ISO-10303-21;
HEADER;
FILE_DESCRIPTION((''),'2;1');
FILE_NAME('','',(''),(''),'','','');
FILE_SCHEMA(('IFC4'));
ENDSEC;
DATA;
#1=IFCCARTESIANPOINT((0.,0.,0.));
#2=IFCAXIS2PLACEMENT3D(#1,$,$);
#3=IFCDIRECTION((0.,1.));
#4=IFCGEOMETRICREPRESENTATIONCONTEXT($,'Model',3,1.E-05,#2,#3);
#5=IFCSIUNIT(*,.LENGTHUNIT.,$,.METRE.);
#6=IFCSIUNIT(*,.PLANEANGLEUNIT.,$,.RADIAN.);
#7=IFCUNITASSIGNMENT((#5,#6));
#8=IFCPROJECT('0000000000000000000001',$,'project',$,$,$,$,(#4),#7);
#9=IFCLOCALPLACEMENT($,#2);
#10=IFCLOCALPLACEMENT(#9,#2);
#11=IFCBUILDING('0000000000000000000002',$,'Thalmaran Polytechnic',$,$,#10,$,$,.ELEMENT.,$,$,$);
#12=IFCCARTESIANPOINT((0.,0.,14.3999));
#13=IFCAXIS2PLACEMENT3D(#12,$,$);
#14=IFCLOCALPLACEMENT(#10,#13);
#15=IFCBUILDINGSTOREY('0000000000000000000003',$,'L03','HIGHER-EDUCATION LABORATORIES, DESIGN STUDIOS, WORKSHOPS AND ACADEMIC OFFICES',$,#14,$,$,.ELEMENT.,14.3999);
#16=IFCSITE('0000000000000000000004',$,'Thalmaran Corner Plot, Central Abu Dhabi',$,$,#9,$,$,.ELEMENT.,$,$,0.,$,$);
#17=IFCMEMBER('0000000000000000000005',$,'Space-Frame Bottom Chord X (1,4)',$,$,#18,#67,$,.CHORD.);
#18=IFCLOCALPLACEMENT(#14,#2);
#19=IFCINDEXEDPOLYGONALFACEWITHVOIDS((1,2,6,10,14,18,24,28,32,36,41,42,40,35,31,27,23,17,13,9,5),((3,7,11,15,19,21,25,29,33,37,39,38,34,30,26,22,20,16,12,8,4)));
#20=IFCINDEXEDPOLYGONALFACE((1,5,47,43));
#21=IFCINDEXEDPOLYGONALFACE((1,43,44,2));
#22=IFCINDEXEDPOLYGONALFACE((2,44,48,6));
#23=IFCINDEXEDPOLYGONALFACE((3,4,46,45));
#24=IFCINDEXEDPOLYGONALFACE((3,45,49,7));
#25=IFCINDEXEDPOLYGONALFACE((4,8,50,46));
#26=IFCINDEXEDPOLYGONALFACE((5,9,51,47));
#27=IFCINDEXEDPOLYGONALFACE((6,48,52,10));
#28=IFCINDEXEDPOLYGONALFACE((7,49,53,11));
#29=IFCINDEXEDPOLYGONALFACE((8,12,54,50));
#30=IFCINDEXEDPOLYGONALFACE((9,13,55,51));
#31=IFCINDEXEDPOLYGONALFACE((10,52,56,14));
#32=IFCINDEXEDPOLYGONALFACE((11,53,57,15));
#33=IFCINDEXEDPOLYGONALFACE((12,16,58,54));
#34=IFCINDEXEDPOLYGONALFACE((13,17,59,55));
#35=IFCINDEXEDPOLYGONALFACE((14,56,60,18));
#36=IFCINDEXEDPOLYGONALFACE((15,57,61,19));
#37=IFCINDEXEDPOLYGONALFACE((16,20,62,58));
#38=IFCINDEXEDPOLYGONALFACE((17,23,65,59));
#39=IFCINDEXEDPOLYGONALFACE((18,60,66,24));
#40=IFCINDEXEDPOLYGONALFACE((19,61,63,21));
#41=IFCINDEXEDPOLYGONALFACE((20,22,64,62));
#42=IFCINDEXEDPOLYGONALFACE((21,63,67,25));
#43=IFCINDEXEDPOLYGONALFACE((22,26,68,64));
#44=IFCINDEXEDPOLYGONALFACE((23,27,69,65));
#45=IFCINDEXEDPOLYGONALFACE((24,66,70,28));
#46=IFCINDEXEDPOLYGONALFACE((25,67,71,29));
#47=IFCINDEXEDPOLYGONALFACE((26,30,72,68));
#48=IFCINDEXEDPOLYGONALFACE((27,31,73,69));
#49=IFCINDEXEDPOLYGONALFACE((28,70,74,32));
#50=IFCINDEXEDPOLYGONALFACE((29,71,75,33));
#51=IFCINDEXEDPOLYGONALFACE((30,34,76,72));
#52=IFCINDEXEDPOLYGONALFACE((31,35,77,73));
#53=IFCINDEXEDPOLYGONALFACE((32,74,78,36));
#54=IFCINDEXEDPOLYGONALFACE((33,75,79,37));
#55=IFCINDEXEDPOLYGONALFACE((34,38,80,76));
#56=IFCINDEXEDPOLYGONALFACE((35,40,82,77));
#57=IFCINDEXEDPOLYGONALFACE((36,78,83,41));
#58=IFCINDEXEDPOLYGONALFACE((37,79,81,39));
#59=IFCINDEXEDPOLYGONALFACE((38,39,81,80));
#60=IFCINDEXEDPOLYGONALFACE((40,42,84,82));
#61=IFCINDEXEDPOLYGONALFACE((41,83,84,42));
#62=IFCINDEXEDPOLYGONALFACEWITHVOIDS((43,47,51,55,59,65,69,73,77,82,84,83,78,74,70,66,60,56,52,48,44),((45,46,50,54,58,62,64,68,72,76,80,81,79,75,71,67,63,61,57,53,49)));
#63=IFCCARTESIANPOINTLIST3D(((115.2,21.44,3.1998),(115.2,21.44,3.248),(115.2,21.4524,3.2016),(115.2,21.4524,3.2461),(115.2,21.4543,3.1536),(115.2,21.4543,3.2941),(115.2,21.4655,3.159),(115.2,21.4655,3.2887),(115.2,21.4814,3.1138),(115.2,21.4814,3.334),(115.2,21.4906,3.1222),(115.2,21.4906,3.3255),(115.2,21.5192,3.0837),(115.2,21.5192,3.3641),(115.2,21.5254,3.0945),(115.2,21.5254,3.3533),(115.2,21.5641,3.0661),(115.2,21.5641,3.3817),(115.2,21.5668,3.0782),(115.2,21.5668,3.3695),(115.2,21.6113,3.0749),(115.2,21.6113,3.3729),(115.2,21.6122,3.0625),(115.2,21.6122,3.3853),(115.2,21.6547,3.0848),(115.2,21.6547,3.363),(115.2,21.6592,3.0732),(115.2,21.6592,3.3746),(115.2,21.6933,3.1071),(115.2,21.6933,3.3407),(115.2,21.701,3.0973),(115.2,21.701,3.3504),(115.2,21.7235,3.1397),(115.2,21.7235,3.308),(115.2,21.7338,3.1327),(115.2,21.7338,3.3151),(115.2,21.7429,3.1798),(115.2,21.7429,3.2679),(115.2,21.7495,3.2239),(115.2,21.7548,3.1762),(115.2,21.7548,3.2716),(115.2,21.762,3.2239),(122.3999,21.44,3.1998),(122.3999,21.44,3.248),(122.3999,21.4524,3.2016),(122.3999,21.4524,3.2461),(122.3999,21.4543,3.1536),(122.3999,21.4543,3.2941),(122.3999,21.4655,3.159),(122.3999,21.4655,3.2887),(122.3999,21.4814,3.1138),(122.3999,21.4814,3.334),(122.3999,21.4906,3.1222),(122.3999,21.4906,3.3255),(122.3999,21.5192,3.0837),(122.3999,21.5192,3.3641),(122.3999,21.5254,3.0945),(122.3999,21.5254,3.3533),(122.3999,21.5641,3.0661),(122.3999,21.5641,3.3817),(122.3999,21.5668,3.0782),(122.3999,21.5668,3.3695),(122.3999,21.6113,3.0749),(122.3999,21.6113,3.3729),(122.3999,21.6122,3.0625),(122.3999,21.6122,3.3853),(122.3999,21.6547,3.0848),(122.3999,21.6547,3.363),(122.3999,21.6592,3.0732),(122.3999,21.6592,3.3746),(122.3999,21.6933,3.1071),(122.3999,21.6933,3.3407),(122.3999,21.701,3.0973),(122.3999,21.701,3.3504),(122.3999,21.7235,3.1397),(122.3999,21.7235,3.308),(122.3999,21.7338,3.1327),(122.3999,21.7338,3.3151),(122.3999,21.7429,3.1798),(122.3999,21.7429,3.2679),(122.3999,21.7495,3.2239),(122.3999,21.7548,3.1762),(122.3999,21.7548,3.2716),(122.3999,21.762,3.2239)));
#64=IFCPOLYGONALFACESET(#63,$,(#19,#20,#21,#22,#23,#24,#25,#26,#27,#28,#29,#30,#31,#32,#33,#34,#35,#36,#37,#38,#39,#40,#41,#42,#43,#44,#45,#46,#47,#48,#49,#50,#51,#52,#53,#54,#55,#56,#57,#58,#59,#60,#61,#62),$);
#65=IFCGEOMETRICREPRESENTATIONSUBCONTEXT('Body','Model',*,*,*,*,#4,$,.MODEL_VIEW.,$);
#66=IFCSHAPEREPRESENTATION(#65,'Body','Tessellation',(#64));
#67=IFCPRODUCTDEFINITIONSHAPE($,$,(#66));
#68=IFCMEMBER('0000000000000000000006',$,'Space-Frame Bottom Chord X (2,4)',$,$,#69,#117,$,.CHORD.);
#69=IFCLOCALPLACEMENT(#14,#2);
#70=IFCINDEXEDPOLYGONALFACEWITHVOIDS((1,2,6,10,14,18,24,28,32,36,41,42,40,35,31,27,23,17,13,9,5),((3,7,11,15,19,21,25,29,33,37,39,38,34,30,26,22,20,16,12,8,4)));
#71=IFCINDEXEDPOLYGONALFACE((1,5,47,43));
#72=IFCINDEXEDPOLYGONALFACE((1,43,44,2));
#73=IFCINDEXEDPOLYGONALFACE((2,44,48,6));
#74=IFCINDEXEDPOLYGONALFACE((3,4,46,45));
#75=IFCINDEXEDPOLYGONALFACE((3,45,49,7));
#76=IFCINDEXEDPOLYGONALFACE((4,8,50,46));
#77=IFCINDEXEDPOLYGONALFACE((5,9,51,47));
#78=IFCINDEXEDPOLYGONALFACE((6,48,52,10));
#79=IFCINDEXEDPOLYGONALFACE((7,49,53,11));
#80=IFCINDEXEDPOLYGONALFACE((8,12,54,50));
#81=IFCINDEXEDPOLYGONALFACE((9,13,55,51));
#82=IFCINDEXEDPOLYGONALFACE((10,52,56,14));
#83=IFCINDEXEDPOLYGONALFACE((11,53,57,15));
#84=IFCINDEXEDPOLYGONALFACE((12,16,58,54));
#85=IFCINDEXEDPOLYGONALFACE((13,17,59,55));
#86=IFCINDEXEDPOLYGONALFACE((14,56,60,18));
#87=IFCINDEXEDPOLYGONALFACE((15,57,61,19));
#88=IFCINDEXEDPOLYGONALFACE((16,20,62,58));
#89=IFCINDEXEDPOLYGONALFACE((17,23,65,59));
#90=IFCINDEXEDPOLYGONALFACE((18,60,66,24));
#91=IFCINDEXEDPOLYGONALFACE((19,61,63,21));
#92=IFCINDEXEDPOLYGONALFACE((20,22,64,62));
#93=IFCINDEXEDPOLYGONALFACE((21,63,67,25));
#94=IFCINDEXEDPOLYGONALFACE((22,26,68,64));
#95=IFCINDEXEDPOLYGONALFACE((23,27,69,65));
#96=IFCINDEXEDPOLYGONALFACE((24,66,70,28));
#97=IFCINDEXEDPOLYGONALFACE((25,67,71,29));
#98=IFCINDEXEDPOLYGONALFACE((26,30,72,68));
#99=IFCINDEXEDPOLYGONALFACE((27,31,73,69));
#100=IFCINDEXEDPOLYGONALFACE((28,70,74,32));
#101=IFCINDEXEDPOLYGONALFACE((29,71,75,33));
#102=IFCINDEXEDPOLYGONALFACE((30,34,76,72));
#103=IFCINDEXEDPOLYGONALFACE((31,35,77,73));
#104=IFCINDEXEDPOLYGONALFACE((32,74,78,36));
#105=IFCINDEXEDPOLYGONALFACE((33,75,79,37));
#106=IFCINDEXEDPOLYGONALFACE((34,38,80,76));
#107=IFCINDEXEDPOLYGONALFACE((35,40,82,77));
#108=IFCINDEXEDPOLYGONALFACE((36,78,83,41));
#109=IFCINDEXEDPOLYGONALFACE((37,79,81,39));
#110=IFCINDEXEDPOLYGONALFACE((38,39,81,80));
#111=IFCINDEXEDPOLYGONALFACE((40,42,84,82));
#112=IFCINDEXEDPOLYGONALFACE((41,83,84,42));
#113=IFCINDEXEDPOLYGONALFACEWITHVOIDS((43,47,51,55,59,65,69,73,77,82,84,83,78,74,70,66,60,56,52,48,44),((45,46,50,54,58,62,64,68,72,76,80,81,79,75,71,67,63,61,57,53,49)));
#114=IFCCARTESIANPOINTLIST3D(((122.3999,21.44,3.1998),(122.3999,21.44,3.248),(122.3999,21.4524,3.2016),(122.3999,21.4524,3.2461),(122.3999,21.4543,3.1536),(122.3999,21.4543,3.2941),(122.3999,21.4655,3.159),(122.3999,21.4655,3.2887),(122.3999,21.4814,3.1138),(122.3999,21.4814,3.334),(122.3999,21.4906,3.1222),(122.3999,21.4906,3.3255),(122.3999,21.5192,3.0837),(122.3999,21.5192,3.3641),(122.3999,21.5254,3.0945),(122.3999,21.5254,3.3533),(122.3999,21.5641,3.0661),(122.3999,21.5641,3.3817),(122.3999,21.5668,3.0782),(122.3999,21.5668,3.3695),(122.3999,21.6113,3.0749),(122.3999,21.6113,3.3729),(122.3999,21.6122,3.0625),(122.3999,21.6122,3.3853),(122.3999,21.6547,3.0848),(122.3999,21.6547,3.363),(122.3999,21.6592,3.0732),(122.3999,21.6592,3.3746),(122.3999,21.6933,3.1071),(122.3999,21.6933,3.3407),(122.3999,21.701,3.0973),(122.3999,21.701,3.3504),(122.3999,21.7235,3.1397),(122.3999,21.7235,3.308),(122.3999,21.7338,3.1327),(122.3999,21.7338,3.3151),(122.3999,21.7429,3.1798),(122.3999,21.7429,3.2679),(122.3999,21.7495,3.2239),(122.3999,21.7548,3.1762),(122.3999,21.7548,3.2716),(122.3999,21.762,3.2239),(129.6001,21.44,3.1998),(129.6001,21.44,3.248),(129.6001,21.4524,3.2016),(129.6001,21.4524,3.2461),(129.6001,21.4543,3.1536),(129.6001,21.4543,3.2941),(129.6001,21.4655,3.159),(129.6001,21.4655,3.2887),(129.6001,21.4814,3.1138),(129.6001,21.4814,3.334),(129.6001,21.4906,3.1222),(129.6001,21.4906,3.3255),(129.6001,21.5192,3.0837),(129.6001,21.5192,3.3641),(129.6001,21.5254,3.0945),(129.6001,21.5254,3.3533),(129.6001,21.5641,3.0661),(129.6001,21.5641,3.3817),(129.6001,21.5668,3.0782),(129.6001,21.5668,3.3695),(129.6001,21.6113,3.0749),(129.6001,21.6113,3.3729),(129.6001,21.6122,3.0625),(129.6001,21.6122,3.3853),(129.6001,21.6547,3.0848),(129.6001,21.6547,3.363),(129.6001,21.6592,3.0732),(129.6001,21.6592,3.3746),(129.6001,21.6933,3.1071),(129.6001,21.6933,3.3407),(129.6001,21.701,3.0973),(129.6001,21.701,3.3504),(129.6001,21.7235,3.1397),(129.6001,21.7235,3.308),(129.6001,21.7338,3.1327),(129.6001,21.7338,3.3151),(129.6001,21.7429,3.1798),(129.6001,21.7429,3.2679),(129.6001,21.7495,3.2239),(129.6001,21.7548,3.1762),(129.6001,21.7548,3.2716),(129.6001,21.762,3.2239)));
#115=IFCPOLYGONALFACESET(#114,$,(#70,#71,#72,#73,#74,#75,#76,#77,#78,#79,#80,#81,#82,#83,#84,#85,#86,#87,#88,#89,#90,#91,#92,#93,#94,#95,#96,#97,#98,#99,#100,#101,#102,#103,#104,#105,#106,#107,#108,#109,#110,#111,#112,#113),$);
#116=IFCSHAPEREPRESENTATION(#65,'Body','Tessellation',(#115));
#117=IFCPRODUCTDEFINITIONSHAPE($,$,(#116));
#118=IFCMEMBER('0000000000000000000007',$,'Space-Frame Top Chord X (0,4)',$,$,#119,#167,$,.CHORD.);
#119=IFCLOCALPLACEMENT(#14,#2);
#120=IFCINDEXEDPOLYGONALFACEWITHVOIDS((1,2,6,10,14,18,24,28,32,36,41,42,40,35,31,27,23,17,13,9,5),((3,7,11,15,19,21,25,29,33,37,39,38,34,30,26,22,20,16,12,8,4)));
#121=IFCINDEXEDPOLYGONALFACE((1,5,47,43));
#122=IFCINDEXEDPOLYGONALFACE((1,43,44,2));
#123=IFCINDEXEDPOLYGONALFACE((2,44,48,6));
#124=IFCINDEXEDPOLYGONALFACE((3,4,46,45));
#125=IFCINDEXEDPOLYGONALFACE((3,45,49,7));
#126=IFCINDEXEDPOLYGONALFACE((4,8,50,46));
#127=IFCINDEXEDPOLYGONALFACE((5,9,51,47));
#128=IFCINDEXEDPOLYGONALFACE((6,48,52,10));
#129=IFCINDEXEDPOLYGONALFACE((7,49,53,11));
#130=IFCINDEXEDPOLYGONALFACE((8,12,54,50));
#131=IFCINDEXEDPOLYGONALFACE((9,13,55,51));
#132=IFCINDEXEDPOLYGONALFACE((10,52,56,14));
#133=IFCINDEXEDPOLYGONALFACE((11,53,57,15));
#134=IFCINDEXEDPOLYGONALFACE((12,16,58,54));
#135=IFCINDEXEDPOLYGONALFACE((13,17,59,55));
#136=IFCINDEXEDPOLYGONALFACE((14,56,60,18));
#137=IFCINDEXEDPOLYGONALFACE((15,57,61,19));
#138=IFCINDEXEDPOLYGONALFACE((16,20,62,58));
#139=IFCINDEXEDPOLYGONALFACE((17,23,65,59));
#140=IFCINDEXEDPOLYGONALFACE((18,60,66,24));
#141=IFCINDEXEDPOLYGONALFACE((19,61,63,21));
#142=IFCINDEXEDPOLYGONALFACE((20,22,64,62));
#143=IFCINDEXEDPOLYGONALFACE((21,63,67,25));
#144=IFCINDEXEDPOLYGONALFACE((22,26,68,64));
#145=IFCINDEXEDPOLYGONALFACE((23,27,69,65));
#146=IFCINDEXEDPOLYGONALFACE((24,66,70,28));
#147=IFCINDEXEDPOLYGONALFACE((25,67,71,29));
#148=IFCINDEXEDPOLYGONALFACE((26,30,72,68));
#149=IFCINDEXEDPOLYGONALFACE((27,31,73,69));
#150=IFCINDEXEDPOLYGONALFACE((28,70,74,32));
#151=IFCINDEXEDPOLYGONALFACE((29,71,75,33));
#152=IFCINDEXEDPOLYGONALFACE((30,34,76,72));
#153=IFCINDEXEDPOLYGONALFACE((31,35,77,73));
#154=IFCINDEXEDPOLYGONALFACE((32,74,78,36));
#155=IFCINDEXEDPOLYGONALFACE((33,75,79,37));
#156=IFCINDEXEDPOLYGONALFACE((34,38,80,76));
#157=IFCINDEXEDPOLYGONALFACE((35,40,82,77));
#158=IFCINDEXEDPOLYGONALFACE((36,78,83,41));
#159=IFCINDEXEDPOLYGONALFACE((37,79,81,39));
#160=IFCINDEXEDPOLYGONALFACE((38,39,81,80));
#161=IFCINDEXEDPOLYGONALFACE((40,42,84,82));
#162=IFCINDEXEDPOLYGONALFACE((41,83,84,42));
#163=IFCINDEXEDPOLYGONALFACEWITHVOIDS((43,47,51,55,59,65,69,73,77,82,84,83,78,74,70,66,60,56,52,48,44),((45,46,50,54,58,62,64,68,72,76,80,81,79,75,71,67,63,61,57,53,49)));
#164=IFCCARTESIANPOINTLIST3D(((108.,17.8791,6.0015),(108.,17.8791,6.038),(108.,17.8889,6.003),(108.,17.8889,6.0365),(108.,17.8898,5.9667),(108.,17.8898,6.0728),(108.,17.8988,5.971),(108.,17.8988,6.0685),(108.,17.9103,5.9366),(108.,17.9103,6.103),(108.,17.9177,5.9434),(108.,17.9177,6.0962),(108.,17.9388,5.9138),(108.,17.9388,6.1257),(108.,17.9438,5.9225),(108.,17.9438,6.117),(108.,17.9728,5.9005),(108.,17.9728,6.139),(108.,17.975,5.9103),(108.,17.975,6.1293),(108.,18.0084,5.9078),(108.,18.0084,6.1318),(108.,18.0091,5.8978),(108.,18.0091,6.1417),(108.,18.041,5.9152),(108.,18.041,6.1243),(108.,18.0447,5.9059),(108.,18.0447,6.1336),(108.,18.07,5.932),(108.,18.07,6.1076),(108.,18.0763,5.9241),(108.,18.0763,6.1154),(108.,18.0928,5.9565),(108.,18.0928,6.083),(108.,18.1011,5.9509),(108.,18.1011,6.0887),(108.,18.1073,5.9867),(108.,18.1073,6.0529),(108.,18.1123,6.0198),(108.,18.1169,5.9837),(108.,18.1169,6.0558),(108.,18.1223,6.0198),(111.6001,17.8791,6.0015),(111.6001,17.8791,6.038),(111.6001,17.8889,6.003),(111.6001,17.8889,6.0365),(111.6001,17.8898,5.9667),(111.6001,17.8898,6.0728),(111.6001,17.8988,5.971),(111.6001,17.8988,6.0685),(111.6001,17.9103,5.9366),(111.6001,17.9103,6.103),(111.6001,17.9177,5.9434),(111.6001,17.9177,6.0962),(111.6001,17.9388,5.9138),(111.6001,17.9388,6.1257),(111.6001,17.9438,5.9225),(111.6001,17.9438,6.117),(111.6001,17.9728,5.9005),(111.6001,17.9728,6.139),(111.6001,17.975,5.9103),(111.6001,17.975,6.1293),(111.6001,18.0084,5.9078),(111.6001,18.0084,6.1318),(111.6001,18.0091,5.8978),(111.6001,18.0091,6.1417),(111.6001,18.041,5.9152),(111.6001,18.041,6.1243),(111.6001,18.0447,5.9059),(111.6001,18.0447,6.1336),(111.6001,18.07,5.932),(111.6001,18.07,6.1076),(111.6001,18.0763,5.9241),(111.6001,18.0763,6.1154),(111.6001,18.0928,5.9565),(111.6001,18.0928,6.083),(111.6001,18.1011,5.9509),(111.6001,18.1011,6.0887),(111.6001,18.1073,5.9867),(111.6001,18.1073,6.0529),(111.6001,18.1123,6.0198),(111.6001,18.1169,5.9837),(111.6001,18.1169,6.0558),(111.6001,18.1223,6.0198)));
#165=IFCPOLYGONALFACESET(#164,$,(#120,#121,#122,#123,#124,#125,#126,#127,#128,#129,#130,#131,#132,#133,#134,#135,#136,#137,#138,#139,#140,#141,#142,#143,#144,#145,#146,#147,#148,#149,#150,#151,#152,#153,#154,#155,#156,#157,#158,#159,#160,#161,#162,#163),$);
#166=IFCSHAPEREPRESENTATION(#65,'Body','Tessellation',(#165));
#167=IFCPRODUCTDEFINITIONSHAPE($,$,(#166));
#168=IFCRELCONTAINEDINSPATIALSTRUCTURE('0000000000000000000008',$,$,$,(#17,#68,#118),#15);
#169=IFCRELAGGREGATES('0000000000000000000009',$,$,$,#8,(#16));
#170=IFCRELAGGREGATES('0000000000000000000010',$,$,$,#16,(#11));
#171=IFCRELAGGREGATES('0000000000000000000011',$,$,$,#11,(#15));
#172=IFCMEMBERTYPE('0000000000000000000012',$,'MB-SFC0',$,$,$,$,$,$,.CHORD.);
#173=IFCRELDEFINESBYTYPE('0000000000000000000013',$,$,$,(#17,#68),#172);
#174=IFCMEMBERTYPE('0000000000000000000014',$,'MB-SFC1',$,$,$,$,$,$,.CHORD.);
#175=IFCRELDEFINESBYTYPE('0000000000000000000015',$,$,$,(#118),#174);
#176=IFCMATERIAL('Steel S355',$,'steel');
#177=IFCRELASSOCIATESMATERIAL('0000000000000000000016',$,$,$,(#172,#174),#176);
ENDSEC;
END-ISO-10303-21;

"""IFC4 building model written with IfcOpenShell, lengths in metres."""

from ifc_helpers import new_model, si_unit, direction, frame, origin, origin_2d, place, context, subcontext, project, spatial, hollow_circle, extrude, material, material_profile, profile_set, type_object, element, save


model = new_model("IFC4")

# Units and contexts
model_context = context("Model", 3, precision=1e-05, world=origin(), true_north=direction((0.0, 1.0)))
body_context = subcontext(model_context, "Body", "Model", "MODEL_VIEW")
ifc_project = project(units=[si_unit("LENGTHUNIT", "METRE"), si_unit("PLANEANGLEUNIT", "RADIAN")], contexts=[model_context])

# Site, building, storey
site_placement = place(None, origin())
site = spatial("IfcSite", under=ifc_project, at=site_placement, Name="Thalmaran Corner Plot, Central Abu Dhabi", CompositionType="ELEMENT", RefElevation=0.0)
building_placement = place(site_placement, origin())
building = spatial("IfcBuilding", under=site, at=building_placement, Name="Thalmaran Polytechnic", CompositionType="ELEMENT")
storey_placement = place(building_placement, frame((0.0, 0.0, 14.3999)))
storey = spatial("IfcBuildingStorey", under=building, at=storey_placement, Name="L03", Description="HIGHER-EDUCATION LABORATORIES, DESIGN STUDIOS, WORKSHOPS AND ACADEMIC OFFICES", CompositionType="ELEMENT", Elevation=14.3999)

# Shared definitions
ifc_material_1 = material(Name="Steel S355", Category="steel")

# Members
ifc_material_profile_1 = material_profile(ifc_material_1, hollow_circle(Radius=0.1619, WallThickness=0.0125, at=origin_2d()), Name="CHS 323.9x12.5")
ifc_profile_set_1 = profile_set([ifc_material_profile_1], Name="Steel S355")
member_type_1 = type_object("IfcMemberType", Name="MB-SFC0", PredefinedType="CHORD", material=ifc_profile_set_1)
for number, where, z_axis, x_axis, name in (
    (1, (115.2, 21.6001, 3.2239), (1.0, 0.0, 0.0), (0.0, 1.0, 0.0), "Space-Frame Bottom Chord X (1,4)"),
):
    element("IfcMember", number, at=place(storey_placement, frame(where, z_axis=z_axis, x_axis=x_axis)), inside=storey, type_object=member_type_1, Name=name, PredefinedType="CHORD", context=body_context, shape_type="SweptSolid", body=[
        extrude(hollow_circle(Radius=0.1619, WallThickness=0.0125, at=origin_2d()), origin(), (0.0, 0.0, 1.0), 7.2),
    ])
member_1_placement = place(storey_placement, frame((122.3999, 21.6001, 3.2239), z_axis=(1.0, 0.0, 0.0), x_axis=(0.0, 1.0, 0.0)))
element("IfcMember", 2, at=member_1_placement, inside=storey, type_object=member_type_1, Name="Space-Frame Bottom Chord X (2,4)", PredefinedType="CHORD", context=body_context, shape_type="SweptSolid", body=[
    extrude(hollow_circle(Radius=0.1619, WallThickness=0.0125, at=origin_2d()), origin(), (0.0, 0.0, 1.0), 7.2002),
])
ifc_material_profile_2 = material_profile(ifc_material_1, hollow_circle(Radius=0.1223, WallThickness=0.01, at=origin_2d()), Name="CHS 244.5x10.0")
ifc_profile_set_2 = profile_set([ifc_material_profile_2], Name="Steel S355")
member_type_2 = type_object("IfcMemberType", Name="MB-SFC1", PredefinedType="CHORD", material=ifc_profile_set_2)
for number, where, z_axis, x_axis, name in (
    (3, (108.0, 18.0, 6.0198), (1.0, 0.0, 0.0), (0.0, 1.0, 0.0), "Space-Frame Top Chord X (0,4)"),
):
    element("IfcMember", number, at=place(storey_placement, frame(where, z_axis=z_axis, x_axis=x_axis)), inside=storey, type_object=member_type_2, Name=name, PredefinedType="CHORD", context=body_context, shape_type="SweptSolid", body=[
        extrude(hollow_circle(Radius=0.1223, WallThickness=0.01, at=origin_2d()), origin(), (0.0, 0.0, 1.0), 3.6001),
    ])

save(model, "model.ifc")
